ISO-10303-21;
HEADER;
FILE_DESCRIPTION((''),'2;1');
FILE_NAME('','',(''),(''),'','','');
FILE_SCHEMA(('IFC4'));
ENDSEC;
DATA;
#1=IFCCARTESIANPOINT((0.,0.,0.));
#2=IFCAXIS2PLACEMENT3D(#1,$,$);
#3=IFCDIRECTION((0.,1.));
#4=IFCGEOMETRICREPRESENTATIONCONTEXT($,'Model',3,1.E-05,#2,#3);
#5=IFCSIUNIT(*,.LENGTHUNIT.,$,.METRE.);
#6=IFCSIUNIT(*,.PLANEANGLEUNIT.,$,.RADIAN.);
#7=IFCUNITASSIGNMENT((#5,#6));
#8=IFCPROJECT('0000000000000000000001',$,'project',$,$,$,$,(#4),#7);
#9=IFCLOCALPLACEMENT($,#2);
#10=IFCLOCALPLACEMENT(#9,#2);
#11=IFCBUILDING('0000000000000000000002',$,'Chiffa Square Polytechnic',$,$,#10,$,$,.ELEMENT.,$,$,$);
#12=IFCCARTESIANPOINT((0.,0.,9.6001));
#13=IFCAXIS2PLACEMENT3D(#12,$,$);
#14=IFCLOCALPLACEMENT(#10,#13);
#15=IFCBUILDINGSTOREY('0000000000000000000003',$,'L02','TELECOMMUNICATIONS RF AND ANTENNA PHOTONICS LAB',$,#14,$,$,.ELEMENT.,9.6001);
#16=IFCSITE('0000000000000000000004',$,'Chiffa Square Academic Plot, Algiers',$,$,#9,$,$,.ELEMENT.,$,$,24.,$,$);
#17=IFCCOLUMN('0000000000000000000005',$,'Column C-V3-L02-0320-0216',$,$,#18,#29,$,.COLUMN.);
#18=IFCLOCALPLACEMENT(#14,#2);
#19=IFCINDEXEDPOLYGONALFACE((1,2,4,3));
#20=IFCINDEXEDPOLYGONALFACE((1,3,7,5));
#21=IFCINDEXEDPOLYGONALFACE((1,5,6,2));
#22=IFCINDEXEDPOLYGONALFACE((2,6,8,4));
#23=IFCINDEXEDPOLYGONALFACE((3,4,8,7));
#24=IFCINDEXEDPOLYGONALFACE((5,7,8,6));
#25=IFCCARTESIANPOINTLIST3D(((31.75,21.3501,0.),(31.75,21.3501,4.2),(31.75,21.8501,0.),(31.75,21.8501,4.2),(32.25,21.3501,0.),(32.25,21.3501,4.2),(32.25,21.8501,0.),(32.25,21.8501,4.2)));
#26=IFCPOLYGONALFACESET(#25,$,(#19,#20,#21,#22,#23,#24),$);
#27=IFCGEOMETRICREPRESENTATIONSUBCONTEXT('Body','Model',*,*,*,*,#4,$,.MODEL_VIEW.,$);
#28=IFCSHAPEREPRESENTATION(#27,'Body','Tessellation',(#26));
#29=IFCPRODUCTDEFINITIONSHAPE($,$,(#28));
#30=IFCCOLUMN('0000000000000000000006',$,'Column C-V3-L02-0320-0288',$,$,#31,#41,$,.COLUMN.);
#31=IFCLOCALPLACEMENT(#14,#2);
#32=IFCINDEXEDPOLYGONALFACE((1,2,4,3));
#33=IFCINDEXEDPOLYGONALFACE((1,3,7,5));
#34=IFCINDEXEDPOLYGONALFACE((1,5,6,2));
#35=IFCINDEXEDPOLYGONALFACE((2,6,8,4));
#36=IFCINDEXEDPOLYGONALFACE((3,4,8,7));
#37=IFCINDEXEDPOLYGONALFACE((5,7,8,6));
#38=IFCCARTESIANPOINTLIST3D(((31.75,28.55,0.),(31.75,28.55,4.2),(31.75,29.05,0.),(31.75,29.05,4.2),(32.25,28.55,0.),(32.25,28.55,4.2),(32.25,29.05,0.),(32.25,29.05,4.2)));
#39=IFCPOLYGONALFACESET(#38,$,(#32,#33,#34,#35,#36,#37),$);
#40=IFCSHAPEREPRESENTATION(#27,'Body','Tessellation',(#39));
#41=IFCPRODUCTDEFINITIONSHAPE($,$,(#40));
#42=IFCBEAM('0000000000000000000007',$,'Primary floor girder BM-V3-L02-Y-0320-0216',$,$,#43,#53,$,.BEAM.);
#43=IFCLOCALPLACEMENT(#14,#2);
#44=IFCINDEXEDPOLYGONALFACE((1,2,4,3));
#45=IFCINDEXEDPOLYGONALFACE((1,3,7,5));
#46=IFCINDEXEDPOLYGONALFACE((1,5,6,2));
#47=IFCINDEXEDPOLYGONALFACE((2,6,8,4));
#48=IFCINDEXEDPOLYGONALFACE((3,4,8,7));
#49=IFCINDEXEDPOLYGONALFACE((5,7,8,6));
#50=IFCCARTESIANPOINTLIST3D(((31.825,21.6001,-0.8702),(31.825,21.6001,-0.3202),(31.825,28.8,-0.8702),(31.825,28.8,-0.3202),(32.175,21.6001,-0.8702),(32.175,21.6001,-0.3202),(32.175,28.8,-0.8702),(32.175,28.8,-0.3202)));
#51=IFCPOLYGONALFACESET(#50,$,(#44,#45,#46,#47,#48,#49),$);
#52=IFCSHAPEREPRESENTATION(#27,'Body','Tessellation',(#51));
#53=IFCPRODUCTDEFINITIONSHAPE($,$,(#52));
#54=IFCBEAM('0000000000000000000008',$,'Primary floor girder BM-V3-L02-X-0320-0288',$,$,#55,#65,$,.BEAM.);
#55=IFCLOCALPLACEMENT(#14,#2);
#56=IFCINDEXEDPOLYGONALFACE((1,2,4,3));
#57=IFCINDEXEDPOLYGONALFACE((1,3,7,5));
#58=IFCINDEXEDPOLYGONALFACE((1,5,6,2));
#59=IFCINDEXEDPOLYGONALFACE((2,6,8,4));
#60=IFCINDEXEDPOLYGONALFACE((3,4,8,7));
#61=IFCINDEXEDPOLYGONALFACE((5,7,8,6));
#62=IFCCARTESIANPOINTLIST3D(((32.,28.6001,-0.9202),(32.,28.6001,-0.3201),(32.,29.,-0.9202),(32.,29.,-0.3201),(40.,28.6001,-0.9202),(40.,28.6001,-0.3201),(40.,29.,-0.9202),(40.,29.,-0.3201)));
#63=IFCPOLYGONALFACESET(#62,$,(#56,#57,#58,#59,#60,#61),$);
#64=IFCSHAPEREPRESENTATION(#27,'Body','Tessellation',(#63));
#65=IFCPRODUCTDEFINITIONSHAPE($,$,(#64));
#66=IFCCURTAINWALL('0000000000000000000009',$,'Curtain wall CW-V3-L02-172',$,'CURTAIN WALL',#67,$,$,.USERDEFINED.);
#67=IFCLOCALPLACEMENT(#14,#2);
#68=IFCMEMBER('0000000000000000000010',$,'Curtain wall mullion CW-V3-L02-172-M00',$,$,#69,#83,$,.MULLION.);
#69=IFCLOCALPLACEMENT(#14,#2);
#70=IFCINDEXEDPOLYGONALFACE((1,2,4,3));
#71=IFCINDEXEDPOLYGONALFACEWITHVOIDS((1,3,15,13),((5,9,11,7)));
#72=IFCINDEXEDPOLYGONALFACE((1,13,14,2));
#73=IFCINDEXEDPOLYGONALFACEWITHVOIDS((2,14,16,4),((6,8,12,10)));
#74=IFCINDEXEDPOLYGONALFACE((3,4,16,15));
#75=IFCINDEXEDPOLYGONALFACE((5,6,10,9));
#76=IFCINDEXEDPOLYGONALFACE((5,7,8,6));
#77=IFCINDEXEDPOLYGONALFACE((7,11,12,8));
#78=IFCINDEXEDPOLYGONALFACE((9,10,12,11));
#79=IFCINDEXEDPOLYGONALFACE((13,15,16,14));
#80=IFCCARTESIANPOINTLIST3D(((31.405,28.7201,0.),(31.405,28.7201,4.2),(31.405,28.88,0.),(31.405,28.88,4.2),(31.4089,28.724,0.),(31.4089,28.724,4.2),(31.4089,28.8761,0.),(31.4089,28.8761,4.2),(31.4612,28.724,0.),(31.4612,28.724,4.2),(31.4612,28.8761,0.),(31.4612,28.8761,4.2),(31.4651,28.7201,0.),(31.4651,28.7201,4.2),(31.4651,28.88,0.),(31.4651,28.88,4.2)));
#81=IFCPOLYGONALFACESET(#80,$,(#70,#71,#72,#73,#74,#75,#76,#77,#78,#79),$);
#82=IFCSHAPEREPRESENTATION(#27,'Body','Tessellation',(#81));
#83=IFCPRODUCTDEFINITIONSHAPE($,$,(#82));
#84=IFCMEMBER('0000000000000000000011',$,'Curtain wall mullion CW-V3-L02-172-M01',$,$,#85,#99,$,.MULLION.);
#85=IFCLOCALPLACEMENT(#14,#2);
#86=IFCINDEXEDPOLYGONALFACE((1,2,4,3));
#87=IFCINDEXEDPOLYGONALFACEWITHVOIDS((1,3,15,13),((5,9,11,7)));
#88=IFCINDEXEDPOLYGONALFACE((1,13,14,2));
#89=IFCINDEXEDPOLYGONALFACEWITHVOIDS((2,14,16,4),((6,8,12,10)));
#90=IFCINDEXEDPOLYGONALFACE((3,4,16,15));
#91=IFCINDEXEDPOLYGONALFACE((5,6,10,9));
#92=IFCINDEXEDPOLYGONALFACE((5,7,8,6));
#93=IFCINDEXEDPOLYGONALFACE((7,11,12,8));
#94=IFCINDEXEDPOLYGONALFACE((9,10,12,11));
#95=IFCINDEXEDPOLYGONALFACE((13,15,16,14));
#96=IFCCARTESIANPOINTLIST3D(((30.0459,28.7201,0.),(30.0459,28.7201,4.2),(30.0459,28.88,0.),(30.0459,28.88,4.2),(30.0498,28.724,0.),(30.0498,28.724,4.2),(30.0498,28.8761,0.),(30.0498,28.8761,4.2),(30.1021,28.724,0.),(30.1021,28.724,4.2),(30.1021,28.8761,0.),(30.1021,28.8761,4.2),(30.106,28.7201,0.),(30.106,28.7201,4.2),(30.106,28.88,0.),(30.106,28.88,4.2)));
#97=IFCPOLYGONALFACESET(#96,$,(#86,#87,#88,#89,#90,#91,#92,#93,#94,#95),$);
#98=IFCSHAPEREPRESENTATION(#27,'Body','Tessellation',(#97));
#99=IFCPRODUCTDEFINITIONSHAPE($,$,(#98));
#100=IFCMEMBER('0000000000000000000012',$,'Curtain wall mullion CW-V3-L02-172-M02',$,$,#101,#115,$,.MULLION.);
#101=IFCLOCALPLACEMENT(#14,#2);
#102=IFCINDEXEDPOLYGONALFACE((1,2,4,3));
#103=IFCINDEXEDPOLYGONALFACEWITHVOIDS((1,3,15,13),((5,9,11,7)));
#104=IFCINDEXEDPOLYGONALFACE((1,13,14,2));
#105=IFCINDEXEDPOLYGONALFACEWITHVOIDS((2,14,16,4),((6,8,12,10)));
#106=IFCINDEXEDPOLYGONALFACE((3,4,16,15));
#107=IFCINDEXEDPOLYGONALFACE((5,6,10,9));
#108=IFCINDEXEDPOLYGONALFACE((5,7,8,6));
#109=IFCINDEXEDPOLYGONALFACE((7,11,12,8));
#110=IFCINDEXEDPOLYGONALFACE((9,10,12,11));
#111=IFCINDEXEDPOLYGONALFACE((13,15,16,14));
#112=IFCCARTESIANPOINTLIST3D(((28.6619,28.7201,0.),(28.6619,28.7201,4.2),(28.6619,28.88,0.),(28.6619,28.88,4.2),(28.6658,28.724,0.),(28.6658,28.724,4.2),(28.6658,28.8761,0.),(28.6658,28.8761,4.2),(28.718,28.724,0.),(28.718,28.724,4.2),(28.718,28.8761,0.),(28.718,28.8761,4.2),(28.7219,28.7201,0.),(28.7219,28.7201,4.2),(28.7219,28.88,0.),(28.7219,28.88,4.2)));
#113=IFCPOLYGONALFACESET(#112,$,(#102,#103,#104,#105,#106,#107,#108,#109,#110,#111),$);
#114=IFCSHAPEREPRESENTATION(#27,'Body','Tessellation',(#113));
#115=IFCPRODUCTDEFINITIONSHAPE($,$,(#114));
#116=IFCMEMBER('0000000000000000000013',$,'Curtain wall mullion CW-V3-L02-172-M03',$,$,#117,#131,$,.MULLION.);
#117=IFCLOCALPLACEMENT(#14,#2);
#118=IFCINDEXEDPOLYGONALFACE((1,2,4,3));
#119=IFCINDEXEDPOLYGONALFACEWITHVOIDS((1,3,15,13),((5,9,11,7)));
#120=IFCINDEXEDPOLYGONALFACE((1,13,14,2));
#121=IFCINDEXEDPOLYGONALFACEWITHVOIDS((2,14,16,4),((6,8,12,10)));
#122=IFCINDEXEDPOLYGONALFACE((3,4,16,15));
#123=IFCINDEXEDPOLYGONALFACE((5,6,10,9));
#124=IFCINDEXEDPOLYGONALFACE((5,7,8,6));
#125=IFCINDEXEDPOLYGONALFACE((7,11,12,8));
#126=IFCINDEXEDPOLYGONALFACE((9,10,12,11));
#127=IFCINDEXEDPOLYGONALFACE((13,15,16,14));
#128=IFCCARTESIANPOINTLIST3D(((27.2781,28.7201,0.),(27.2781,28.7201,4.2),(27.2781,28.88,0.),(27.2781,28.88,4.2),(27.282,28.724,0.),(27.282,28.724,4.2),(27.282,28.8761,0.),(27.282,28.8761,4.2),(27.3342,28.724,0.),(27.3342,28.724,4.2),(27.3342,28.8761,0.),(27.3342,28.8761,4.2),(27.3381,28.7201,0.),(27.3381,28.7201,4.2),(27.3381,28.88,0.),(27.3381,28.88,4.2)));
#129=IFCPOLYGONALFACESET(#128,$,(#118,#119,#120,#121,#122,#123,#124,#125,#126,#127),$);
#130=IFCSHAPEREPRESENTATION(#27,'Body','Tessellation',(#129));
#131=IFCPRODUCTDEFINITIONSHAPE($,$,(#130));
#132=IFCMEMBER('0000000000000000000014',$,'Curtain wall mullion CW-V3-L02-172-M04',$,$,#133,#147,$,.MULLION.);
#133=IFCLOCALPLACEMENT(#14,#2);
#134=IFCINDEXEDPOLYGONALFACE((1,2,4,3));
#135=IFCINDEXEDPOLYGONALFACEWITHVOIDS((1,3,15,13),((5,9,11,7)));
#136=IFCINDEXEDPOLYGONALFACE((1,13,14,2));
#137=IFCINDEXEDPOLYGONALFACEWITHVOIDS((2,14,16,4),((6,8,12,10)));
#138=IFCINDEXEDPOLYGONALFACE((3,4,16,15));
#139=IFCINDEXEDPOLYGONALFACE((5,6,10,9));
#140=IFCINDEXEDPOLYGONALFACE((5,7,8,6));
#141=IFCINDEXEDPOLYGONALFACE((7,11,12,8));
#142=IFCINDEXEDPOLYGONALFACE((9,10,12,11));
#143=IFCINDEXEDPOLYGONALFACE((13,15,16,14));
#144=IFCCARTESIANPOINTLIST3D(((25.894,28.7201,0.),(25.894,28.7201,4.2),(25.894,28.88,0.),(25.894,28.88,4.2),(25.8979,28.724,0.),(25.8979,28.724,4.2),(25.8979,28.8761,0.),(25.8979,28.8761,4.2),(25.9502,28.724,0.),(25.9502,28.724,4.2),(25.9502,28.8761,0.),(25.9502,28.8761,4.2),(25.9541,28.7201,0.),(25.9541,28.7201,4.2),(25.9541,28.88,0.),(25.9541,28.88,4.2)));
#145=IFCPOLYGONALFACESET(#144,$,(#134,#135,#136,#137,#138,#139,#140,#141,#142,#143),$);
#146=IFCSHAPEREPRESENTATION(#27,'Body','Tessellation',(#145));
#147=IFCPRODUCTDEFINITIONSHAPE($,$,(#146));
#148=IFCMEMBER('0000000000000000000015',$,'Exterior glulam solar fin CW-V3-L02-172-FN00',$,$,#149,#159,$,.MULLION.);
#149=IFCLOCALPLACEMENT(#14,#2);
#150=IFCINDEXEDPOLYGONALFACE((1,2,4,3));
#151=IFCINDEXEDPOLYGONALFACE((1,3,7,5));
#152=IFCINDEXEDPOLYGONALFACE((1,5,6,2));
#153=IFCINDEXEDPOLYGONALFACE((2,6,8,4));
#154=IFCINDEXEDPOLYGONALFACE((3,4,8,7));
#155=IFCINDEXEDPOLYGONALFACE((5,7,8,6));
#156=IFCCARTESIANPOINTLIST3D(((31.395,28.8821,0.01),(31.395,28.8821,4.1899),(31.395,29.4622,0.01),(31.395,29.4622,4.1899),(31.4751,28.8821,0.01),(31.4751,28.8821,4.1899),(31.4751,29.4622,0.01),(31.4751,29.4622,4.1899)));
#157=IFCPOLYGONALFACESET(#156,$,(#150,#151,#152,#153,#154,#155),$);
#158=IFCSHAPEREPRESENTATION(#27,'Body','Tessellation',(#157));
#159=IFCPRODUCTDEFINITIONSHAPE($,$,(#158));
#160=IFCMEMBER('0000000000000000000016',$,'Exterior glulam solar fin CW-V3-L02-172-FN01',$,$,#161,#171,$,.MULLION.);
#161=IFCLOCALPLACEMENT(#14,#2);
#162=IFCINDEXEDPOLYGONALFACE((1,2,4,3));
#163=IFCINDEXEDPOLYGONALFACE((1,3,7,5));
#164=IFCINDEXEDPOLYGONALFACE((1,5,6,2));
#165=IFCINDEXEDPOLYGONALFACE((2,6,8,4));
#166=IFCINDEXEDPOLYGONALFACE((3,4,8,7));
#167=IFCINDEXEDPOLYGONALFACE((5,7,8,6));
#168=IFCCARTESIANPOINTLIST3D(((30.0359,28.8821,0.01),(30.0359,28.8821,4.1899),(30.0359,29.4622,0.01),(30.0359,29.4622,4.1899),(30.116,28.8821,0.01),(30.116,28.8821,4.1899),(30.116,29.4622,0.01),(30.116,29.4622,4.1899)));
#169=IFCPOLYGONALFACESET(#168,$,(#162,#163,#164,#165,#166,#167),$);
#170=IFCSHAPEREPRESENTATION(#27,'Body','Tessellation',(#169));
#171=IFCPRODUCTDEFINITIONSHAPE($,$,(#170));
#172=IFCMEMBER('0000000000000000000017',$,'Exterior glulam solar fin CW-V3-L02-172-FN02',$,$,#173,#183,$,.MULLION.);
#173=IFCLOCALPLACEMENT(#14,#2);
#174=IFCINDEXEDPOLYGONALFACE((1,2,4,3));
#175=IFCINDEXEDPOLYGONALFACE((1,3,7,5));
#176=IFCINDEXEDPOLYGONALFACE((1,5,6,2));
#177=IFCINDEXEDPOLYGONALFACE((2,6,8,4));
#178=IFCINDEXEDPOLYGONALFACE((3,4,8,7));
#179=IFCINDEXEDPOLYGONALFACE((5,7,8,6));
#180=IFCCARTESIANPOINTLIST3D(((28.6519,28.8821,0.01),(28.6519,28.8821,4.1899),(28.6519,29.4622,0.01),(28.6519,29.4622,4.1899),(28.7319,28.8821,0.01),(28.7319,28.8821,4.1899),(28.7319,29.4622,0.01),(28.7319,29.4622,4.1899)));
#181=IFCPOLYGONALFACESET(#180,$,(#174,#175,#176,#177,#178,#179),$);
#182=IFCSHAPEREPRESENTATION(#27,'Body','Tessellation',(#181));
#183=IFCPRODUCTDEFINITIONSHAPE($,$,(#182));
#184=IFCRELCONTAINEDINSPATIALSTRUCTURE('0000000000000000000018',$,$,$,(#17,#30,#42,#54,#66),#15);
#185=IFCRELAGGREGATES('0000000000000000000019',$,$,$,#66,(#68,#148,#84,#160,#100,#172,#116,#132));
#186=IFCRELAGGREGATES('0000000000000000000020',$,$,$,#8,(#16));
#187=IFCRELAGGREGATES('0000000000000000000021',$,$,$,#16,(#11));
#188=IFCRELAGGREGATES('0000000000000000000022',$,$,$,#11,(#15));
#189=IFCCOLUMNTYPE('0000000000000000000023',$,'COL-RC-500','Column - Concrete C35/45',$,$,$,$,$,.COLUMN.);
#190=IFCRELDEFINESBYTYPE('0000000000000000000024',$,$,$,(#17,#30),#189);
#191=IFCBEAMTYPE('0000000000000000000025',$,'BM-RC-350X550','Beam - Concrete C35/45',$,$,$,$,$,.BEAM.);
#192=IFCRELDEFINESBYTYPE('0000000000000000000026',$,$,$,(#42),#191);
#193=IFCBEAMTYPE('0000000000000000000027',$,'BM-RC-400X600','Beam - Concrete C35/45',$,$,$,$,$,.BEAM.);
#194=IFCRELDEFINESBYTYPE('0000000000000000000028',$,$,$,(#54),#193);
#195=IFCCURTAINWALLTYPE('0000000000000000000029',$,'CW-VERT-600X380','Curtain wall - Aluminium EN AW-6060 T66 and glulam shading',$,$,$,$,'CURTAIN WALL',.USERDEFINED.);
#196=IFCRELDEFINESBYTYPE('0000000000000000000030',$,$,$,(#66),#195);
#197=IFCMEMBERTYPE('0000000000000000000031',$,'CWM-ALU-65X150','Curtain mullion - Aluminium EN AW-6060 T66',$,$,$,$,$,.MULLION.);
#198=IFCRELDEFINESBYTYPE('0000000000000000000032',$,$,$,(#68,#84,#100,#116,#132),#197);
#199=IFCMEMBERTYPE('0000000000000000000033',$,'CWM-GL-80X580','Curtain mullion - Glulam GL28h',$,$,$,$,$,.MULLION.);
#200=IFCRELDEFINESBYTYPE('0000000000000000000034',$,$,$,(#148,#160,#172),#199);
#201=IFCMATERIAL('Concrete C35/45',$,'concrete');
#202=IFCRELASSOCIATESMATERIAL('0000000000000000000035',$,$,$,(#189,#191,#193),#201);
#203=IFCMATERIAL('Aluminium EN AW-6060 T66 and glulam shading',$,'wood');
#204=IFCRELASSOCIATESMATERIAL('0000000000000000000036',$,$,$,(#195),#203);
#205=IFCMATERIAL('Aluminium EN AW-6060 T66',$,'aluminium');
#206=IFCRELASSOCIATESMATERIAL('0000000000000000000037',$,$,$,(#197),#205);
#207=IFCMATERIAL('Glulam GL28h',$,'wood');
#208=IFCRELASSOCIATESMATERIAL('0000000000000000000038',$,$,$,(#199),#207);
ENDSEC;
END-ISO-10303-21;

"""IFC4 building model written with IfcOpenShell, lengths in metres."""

from ifc_helpers import new_model, si_unit, direction, frame, origin, origin_2d, place, context, subcontext, project, spatial, rectangle, hollow_rectangle, extrude, material, material_profile, profile_set, type_object, element, aggregate, save


model = new_model("IFC4")

# Units and contexts
model_context = context("Model", 3, precision=1e-05, world=origin(), true_north=direction((0.0, 1.0)))
body_context = subcontext(model_context, "Body", "Model", "MODEL_VIEW")
ifc_project = project(units=[si_unit("LENGTHUNIT", "METRE"), si_unit("PLANEANGLEUNIT", "RADIAN")], contexts=[model_context])

# Site, building, storey
site_placement = place(None, origin())
site = spatial("IfcSite", under=ifc_project, at=site_placement, Name="Chiffa Square Academic Plot, Algiers", CompositionType="ELEMENT", RefElevation=24.0)
building_placement = place(site_placement, origin())
building = spatial("IfcBuilding", under=site, at=building_placement, Name="Chiffa Square Polytechnic", CompositionType="ELEMENT")
storey_placement = place(building_placement, frame((0.0, 0.0, 9.6001)))
storey = spatial("IfcBuildingStorey", under=building, at=storey_placement, Name="L02", Description="TELECOMMUNICATIONS RF AND ANTENNA PHOTONICS LAB", CompositionType="ELEMENT", Elevation=9.6001)

# Columns
ifc_material_1 = material(Name="Concrete C35/45", Category="concrete")
ifc_material_profile_1 = material_profile(ifc_material_1, rectangle(XDim=0.5, YDim=0.5, at=origin_2d()), Name="RC 500x500")
ifc_profile_set_1 = profile_set([ifc_material_profile_1], Name="Concrete C35/45")
column_type = type_object("IfcColumnType", Name="COL-RC-500", Description="Column - Concrete C35/45", PredefinedType="COLUMN", material=ifc_profile_set_1)
for number, where, z_axis, x_axis, name in (
    (1, (32.0, 21.6001, 0.0), (0.0, 0.0, 1.0), (1.0, 0.0, 0.0), "Column C-V3-L02-0320-0216"),
    (2, (32.0, 28.8, 0.0), (0.0, 0.0, 1.0), (1.0, 0.0, 0.0), "Column C-V3-L02-0320-0288"),
):
    element("IfcColumn", number, at=place(storey_placement, frame(where, z_axis=z_axis, x_axis=x_axis)), inside=storey, type_object=column_type, Name=name, PredefinedType="COLUMN", context=body_context, shape_type="SweptSolid", body=[
        extrude(rectangle(XDim=0.5, YDim=0.5, at=origin_2d()), origin(), (0.0, 0.0, 1.0), 4.2),
    ])

# Beams
ifc_material_profile_2 = material_profile(ifc_material_1, rectangle(XDim=0.3501, YDim=0.55, at=origin_2d()), Name="RC 350x550")
ifc_profile_set_2 = profile_set([ifc_material_profile_2], Name="Concrete C35/45")
beam_type_1 = type_object("IfcBeamType", Name="BM-RC-350X550", Description="Beam - Concrete C35/45", PredefinedType="BEAM", material=ifc_profile_set_2)
beam_1_placement = place(storey_placement, frame((32.0, 21.6001, -0.5952), z_axis=(0.0, 1.0, 0.0), x_axis=(-1.0, 0.0, 0.0)))
element("IfcBeam", 3, at=beam_1_placement, inside=storey, type_object=beam_type_1, Name="Primary floor girder BM-V3-L02-Y-0320-0216", PredefinedType="BEAM", context=body_context, shape_type="SweptSolid", body=[
    extrude(rectangle(XDim=0.3501, YDim=0.55, at=origin_2d()), origin(), (0.0, 0.0, 1.0), 7.2),
])
ifc_material_profile_3 = material_profile(ifc_material_1, rectangle(XDim=0.3999, YDim=0.6001, at=origin_2d()), Name="RC 400x600")
ifc_profile_set_3 = profile_set([ifc_material_profile_3], Name="Concrete C35/45")
beam_type_2 = type_object("IfcBeamType", Name="BM-RC-400X600", Description="Beam - Concrete C35/45", PredefinedType="BEAM", material=ifc_profile_set_3)
beam_2_placement = place(storey_placement, frame((32.0, 28.8, -0.6201), z_axis=(1.0, 0.0, 0.0), x_axis=(0.0, 1.0, 0.0)))
element("IfcBeam", 4, at=beam_2_placement, inside=storey, type_object=beam_type_2, Name="Primary floor girder BM-V3-L02-X-0320-0288", PredefinedType="BEAM", context=body_context, shape_type="SweptSolid", body=[
    extrude(rectangle(XDim=0.3999, YDim=0.6001, at=origin_2d()), origin(), (0.0, 0.0, 1.0), 8.0),
])

# Curtain wall, members
ifc_material_2 = material(Name="Aluminium EN AW-6060 T66 and glulam shading", Category="wood")
curtain_wall_type = type_object("IfcCurtainWallType", Name="CW-VERT-600X380", Description="Curtain wall - Aluminium EN AW-6060 T66 and glulam shading", ElementType="CURTAIN WALL", PredefinedType="USERDEFINED", material=ifc_material_2)
curtain_wall_placement = place(storey_placement, origin())
curtain_wall = element("IfcCurtainWall", 5, at=curtain_wall_placement, inside=storey, type_object=curtain_wall_type, Name="Curtain wall CW-V3-L02-172", ObjectType="CURTAIN WALL", PredefinedType="USERDEFINED")
ifc_material_3 = material(Name="Aluminium EN AW-6060 T66", Category="aluminium")
ifc_material_profile_4 = material_profile(ifc_material_3, hollow_rectangle(XDim=0.0601, YDim=0.1599, WallThickness=0.0039, at=origin_2d()), Name="ALU 60x160x4")
ifc_profile_set_4 = profile_set([ifc_material_profile_4], Name="Aluminium EN AW-6060 T66")
member_type_1 = type_object("IfcMemberType", Name="CWM-ALU-65X150", Description="Curtain mullion - Aluminium EN AW-6060 T66", PredefinedType="MULLION", material=ifc_profile_set_4)
member_1_placement = place(storey_placement, frame((31.4351, 28.8, 0.0), z_axis=(0.0, 0.0, 1.0), x_axis=(1.0, 0.0, 0.0)))
member_1 = element("IfcMember", 6, at=member_1_placement, type_object=member_type_1, Name="Curtain wall mullion CW-V3-L02-172-M00", PredefinedType="MULLION", context=body_context, shape_type="SweptSolid", body=[
    extrude(hollow_rectangle(XDim=0.0601, YDim=0.1599, WallThickness=0.0039, at=origin_2d()), origin(), (0.0, 0.0, 1.0), 4.2),
])
member_2_placement = place(storey_placement, frame((30.0759, 28.8, 0.0), z_axis=(0.0, 0.0, 1.0), x_axis=(1.0, 0.0, 0.0)))
member_2 = element("IfcMember", 7, at=member_2_placement, type_object=member_type_1, Name="Curtain wall mullion CW-V3-L02-172-M01", PredefinedType="MULLION", context=body_context, shape_type="SweptSolid", body=[
    extrude(hollow_rectangle(XDim=0.0601, YDim=0.1599, WallThickness=0.0039, at=origin_2d()), origin(), (0.0, 0.0, 1.0), 4.2),
])
member_3_placement = place(storey_placement, frame((28.6919, 28.8, 0.0), z_axis=(0.0, 0.0, 1.0), x_axis=(1.0, 0.0, 0.0)))
member_3 = element("IfcMember", 8, at=member_3_placement, type_object=member_type_1, Name="Curtain wall mullion CW-V3-L02-172-M02", PredefinedType="MULLION", context=body_context, shape_type="SweptSolid", body=[
    extrude(hollow_rectangle(XDim=0.0601, YDim=0.1599, WallThickness=0.0039, at=origin_2d()), origin(), (0.0, 0.0, 1.0), 4.2),
])
member_4_placement = place(storey_placement, frame((27.3081, 28.8, 0.0), z_axis=(0.0, 0.0, 1.0), x_axis=(1.0, 0.0, 0.0)))
member_4 = element("IfcMember", 9, at=member_4_placement, type_object=member_type_1, Name="Curtain wall mullion CW-V3-L02-172-M03", PredefinedType="MULLION", context=body_context, shape_type="SweptSolid", body=[
    extrude(hollow_rectangle(XDim=0.0601, YDim=0.1599, WallThickness=0.0039, at=origin_2d()), origin(), (0.0, 0.0, 1.0), 4.2),
])
member_5_placement = place(storey_placement, frame((25.9241, 28.8, 0.0), z_axis=(0.0, 0.0, 1.0), x_axis=(1.0, 0.0, 0.0)))
member_5 = element("IfcMember", 10, at=member_5_placement, type_object=member_type_1, Name="Curtain wall mullion CW-V3-L02-172-M04", PredefinedType="MULLION", context=body_context, shape_type="SweptSolid", body=[
    extrude(hollow_rectangle(XDim=0.0601, YDim=0.1599, WallThickness=0.0039, at=origin_2d()), origin(), (0.0, 0.0, 1.0), 4.2),
])
ifc_material_4 = material(Name="Glulam GL28h", Category="wood")
ifc_material_profile_5 = material_profile(ifc_material_4, rectangle(XDim=0.0801, YDim=0.5801, at=origin_2d()), Name="GL28h 80x580")
ifc_profile_set_5 = profile_set([ifc_material_profile_5], Name="Glulam GL28h")
member_type_2 = type_object("IfcMemberType", Name="CWM-GL-80X580", Description="Curtain mullion - Glulam GL28h", PredefinedType="MULLION", material=ifc_profile_set_5)
member_6_placement = place(storey_placement, frame((31.4351, 29.1721, 0.01), z_axis=(0.0, 0.0, 1.0), x_axis=(-1.0, 0.0, 0.0)))
member_6 = element("IfcMember", 11, at=member_6_placement, type_object=member_type_2, Name="Exterior glulam solar fin CW-V3-L02-172-FN00", PredefinedType="MULLION", context=body_context, shape_type="SweptSolid", body=[
    extrude(rectangle(XDim=0.0801, YDim=0.5801, at=origin_2d()), origin(), (0.0, 0.0, 1.0), 4.1799),
])
member_7_placement = place(storey_placement, frame((30.0759, 29.1721, 0.01), z_axis=(0.0, 0.0, 1.0), x_axis=(-1.0, 0.0, 0.0)))
member_7 = element("IfcMember", 12, at=member_7_placement, type_object=member_type_2, Name="Exterior glulam solar fin CW-V3-L02-172-FN01", PredefinedType="MULLION", context=body_context, shape_type="SweptSolid", body=[
    extrude(rectangle(XDim=0.0801, YDim=0.5801, at=origin_2d()), origin(), (0.0, 0.0, 1.0), 4.1799),
])
member_8_placement = place(storey_placement, frame((28.6919, 29.1721, 0.01), z_axis=(0.0, 0.0, 1.0), x_axis=(-1.0, 0.0, 0.0)))
member_8 = element("IfcMember", 13, at=member_8_placement, type_object=member_type_2, Name="Exterior glulam solar fin CW-V3-L02-172-FN02", PredefinedType="MULLION", context=body_context, shape_type="SweptSolid", body=[
    extrude(rectangle(XDim=0.0801, YDim=0.5801, at=origin_2d()), origin(), (0.0, 0.0, 1.0), 4.1799),
])
aggregate(curtain_wall, [member_1, member_6, member_2, member_7, member_3, member_8, member_4, member_5])

save(model, "model.ifc")
